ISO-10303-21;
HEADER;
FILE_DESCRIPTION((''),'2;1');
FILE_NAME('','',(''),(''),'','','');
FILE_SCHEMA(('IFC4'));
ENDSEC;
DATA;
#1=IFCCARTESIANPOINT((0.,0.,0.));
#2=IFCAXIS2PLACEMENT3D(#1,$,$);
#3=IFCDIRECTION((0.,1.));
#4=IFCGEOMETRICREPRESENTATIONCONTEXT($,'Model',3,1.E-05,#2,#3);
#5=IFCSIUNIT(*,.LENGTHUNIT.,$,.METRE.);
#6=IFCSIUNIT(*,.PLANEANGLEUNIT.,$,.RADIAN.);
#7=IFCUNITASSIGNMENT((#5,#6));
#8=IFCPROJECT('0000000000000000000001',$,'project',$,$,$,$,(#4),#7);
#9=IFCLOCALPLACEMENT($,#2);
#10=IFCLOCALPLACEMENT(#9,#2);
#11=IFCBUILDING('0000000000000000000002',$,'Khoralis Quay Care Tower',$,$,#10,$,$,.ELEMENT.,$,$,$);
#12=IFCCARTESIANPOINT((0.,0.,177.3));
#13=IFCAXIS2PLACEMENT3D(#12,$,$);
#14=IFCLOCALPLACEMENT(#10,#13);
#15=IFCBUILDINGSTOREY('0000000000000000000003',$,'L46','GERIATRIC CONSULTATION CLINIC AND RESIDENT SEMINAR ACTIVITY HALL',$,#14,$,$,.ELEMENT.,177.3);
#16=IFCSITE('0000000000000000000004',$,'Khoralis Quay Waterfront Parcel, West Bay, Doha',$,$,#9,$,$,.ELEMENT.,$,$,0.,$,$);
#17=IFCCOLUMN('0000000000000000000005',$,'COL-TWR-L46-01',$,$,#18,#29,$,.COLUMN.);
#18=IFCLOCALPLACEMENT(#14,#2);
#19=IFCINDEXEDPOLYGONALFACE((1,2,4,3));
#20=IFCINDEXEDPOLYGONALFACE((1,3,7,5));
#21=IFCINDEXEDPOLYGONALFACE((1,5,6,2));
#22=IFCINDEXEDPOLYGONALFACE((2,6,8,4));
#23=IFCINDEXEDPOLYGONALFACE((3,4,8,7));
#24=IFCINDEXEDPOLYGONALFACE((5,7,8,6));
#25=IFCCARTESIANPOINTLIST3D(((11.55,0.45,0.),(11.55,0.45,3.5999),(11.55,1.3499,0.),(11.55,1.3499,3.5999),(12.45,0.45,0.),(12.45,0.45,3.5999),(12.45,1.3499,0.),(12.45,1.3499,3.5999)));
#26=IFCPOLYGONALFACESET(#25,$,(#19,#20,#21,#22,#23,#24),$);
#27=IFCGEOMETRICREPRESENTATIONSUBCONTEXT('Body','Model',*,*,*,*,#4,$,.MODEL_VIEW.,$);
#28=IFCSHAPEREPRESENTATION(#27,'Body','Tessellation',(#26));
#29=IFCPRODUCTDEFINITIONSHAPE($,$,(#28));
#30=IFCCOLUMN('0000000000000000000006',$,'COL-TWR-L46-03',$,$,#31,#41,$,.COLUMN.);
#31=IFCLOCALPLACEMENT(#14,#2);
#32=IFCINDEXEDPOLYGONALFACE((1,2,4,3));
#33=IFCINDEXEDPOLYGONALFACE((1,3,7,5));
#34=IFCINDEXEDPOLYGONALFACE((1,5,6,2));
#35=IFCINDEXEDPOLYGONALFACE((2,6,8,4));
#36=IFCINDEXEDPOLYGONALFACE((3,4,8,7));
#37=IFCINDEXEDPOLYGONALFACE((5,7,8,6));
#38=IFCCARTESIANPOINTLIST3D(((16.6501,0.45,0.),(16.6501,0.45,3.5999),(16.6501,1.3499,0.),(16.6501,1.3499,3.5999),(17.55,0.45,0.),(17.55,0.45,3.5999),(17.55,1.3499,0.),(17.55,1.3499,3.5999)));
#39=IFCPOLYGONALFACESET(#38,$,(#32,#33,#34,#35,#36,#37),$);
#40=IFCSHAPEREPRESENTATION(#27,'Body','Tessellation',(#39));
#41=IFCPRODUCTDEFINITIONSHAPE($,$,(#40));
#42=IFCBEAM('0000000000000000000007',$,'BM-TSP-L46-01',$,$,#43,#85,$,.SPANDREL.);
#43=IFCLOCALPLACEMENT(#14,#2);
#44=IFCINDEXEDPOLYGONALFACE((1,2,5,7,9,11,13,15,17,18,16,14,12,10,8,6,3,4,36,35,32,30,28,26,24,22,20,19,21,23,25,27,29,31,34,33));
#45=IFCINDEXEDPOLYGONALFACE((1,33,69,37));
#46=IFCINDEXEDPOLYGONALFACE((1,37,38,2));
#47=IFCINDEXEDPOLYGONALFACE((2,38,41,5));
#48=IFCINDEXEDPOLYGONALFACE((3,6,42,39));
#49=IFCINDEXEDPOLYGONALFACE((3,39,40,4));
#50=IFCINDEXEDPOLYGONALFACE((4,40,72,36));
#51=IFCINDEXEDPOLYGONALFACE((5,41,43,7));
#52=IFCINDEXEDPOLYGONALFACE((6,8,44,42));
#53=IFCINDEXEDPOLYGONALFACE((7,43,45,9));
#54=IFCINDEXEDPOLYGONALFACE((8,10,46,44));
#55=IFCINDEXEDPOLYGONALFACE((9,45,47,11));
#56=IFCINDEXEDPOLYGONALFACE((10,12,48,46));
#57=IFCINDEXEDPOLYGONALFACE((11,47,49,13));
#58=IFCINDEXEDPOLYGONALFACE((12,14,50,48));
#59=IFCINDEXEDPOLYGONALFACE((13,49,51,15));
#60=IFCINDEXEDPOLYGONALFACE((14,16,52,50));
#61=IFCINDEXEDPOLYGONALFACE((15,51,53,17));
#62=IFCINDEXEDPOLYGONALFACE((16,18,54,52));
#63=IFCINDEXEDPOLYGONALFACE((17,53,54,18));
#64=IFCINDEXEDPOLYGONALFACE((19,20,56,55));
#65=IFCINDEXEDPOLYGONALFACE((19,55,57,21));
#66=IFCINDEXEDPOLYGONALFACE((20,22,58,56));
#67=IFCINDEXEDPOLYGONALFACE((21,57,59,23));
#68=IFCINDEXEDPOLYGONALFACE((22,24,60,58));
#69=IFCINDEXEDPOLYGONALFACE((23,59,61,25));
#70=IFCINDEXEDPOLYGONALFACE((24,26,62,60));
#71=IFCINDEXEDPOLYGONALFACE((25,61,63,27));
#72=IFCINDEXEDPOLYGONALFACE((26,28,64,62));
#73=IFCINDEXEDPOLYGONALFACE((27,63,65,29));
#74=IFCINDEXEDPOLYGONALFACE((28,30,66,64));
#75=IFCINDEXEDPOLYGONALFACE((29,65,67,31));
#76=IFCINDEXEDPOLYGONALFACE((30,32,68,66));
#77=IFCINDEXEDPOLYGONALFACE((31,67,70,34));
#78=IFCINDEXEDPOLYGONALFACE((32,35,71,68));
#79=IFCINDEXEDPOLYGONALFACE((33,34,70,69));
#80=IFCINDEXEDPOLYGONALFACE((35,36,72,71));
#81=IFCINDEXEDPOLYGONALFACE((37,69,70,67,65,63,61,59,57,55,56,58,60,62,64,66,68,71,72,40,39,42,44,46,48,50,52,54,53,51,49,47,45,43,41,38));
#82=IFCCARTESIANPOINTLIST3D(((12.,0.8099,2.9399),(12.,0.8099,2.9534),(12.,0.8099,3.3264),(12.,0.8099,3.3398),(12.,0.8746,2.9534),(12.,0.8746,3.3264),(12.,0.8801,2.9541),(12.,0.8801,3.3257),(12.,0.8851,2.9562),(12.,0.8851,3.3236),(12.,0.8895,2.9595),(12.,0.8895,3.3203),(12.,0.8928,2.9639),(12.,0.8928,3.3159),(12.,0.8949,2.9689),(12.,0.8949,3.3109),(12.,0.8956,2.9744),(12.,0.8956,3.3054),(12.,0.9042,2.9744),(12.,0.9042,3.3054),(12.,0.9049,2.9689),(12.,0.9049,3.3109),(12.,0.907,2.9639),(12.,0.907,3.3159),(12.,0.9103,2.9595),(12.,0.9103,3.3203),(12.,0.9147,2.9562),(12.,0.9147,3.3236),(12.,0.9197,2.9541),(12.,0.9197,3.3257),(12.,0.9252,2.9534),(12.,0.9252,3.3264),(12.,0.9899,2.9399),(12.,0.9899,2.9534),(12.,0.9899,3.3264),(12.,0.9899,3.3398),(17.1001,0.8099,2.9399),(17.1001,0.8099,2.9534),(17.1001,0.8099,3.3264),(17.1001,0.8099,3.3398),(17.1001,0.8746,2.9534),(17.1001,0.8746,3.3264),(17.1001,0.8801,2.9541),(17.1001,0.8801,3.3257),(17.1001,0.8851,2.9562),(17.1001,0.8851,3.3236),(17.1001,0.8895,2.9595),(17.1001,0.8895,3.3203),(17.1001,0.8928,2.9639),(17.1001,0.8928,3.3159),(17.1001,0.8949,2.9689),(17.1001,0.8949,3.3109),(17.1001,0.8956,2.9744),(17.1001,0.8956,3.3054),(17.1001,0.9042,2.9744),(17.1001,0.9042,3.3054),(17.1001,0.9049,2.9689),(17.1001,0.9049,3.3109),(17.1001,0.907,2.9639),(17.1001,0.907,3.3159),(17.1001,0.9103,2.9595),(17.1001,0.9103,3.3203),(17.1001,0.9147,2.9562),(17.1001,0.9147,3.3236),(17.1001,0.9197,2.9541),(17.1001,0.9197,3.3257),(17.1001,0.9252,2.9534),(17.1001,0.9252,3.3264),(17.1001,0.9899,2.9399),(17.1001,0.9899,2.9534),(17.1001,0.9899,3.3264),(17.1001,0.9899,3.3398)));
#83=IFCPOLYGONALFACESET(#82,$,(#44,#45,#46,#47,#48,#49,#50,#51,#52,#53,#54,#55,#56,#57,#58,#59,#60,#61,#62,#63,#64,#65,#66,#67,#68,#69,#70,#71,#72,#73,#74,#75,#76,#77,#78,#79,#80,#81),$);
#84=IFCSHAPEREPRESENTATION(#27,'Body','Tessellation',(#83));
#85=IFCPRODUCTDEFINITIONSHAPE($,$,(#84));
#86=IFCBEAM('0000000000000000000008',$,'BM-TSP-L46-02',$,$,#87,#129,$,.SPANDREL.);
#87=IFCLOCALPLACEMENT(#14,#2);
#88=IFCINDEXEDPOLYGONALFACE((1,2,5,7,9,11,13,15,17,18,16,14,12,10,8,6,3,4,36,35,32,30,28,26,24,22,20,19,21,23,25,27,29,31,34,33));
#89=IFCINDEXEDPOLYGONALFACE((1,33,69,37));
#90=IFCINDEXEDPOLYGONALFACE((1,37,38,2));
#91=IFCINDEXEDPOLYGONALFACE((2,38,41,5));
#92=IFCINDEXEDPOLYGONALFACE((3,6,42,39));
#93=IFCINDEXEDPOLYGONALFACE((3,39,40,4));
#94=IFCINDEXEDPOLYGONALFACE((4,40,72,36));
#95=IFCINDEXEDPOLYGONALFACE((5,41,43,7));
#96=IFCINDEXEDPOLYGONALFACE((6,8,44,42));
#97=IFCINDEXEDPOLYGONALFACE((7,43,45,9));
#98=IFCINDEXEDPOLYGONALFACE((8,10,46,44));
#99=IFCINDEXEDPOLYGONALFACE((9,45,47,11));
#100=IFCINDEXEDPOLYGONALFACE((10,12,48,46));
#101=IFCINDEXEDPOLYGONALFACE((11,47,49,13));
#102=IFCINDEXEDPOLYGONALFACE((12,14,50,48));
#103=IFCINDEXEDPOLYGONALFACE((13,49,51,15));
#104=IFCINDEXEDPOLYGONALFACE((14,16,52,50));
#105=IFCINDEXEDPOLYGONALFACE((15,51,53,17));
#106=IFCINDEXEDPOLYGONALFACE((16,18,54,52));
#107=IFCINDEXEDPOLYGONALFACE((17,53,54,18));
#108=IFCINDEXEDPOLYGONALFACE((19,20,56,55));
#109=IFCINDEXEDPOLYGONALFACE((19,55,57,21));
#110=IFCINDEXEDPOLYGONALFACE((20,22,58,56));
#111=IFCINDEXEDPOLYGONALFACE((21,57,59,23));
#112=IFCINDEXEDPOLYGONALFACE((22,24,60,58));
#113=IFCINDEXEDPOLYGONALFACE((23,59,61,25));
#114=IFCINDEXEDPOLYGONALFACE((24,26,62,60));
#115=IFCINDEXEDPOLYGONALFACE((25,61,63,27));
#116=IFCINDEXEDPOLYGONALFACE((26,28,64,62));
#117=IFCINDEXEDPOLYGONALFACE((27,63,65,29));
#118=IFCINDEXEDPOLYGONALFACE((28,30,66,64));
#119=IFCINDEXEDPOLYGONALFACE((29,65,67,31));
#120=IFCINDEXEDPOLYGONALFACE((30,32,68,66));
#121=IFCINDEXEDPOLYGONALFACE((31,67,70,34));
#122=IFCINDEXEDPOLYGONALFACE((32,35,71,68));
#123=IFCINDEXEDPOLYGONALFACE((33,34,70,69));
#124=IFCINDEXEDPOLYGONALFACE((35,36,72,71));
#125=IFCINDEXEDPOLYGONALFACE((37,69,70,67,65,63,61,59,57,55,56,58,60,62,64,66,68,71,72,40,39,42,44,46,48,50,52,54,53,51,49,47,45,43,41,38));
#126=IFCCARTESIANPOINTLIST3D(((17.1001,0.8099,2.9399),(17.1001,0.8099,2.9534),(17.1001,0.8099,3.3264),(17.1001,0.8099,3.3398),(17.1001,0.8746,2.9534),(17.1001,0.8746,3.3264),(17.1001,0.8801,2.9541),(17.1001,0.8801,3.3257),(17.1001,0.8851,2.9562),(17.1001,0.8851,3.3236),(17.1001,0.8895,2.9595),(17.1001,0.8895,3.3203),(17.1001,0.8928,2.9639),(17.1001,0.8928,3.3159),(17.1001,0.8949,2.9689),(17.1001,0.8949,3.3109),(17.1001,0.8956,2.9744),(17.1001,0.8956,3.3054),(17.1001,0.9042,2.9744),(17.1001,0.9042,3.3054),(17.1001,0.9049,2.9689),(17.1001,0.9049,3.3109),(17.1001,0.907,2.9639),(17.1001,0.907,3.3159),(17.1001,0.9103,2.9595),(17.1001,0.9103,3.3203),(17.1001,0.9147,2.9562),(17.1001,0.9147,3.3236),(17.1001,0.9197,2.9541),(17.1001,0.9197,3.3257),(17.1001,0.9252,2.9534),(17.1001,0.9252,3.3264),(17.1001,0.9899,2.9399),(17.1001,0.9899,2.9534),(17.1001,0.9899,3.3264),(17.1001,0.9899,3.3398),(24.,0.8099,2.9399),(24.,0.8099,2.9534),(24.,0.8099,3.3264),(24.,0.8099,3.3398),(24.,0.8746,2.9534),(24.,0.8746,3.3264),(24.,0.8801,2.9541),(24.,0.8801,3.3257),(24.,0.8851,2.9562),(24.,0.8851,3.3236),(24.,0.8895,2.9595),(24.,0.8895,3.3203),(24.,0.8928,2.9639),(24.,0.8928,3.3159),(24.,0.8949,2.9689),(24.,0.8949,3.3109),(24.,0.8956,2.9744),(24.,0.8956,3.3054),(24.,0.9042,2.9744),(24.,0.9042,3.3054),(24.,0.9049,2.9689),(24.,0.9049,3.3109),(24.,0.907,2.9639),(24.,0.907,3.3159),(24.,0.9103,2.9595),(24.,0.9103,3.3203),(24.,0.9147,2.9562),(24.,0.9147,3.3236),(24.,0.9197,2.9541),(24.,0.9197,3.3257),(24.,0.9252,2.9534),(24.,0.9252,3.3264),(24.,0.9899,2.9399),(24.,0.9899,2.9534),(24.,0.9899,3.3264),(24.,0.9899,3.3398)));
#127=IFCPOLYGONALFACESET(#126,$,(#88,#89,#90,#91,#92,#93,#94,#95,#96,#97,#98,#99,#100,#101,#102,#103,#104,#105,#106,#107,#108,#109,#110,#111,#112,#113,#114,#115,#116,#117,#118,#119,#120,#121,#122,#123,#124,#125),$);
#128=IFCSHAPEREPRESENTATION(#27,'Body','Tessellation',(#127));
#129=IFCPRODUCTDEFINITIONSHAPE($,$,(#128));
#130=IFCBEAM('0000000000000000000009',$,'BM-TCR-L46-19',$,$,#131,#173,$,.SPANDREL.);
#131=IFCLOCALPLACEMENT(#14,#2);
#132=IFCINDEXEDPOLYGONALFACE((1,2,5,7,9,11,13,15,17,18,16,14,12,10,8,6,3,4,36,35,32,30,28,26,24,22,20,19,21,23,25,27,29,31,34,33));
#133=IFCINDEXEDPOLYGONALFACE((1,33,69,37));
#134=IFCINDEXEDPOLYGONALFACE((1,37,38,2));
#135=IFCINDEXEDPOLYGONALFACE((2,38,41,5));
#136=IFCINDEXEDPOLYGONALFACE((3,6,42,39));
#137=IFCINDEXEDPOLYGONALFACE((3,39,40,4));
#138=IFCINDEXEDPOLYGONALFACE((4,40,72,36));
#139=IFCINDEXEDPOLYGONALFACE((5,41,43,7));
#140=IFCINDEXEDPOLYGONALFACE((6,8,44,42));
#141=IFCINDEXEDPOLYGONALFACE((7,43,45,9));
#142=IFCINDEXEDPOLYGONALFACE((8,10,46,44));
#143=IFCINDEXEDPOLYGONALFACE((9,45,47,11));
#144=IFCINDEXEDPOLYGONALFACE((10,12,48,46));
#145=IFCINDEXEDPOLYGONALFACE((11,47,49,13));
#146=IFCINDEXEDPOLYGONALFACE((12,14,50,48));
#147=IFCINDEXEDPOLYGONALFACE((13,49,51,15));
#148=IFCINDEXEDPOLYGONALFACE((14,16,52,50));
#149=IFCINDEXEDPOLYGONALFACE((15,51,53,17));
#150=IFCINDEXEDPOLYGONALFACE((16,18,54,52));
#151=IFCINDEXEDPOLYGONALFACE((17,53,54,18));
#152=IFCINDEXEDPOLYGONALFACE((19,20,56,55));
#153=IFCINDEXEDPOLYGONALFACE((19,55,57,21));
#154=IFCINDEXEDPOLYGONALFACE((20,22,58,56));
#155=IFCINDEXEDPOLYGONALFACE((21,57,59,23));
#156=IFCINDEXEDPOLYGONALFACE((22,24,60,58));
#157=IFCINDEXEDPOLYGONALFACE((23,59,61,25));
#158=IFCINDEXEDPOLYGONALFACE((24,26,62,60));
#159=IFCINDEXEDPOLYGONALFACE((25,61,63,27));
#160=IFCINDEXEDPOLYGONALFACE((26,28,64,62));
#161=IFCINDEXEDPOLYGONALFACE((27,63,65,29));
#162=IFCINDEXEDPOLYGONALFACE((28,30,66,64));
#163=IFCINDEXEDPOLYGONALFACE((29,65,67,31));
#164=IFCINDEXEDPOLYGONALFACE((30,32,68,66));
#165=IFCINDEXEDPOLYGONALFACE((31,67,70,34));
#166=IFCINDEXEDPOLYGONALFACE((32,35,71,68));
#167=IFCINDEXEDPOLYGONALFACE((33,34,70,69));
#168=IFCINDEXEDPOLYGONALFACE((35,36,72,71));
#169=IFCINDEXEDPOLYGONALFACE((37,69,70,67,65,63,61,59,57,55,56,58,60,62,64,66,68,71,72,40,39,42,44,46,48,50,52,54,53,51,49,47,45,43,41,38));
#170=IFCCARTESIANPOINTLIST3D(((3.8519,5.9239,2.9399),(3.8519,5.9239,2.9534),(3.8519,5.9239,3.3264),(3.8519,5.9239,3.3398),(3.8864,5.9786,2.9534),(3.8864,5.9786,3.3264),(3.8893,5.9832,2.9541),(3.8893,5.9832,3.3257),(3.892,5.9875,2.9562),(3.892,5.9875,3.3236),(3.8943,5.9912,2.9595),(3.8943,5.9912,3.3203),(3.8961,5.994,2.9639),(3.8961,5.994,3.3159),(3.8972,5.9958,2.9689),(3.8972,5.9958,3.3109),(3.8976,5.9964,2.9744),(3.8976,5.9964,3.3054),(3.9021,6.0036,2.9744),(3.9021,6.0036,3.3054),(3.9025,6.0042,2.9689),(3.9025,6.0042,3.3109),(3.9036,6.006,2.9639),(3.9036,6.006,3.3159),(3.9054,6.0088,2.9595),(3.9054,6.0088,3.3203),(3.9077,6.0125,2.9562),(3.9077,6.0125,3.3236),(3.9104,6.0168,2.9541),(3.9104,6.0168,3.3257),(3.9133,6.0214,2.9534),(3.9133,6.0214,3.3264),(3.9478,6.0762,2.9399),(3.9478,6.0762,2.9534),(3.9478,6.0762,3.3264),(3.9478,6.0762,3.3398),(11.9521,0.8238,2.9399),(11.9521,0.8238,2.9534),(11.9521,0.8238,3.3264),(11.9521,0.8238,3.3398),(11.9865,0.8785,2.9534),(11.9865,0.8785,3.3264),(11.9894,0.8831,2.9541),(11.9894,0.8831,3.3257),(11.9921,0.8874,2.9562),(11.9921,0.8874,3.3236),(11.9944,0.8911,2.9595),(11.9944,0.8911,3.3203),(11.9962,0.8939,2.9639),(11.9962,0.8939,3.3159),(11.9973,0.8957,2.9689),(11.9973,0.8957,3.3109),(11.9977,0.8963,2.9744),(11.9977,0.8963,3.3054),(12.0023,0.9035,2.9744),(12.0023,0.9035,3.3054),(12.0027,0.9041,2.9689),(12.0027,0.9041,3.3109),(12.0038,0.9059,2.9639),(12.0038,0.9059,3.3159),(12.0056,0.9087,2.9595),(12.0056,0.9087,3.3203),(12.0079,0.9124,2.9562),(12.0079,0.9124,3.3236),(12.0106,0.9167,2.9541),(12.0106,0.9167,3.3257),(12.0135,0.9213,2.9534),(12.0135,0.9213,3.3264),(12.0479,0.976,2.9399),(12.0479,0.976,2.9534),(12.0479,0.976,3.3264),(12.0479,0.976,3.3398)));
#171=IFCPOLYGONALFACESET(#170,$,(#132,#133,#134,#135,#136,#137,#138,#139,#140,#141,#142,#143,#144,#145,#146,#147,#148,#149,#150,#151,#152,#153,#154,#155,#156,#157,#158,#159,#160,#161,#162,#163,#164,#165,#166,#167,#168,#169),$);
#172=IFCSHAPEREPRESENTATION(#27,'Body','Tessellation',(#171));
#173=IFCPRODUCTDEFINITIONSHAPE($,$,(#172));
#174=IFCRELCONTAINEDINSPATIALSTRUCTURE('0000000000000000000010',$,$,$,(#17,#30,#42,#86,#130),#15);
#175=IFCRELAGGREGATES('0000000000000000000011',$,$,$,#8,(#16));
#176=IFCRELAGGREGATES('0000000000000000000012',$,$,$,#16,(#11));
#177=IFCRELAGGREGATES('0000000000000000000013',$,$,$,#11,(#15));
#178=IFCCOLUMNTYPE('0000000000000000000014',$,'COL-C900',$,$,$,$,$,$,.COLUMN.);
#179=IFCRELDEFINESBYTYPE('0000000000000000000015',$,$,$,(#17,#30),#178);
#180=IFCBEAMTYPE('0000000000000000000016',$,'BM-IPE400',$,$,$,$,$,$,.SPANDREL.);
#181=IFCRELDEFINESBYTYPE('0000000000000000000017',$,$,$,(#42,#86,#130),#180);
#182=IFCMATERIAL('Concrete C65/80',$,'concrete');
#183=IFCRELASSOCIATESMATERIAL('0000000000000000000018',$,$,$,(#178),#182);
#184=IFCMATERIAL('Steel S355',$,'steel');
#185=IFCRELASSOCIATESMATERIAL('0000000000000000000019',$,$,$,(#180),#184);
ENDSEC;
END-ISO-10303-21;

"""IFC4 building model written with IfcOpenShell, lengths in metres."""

from ifc_helpers import new_model, si_unit, direction, frame, origin, origin_2d, place, context, subcontext, project, spatial, rectangle, i_section, extrude, source, transform, mapped, material, material_profile, profile_set, type_object, element, save


model = new_model("IFC4")

# Units and contexts
model_context = context("Model", 3, precision=1e-05, world=origin(), true_north=direction((0.0, 1.0)))
body_context = subcontext(model_context, "Body", "Model", "MODEL_VIEW")
ifc_project = project(units=[si_unit("LENGTHUNIT", "METRE"), si_unit("PLANEANGLEUNIT", "RADIAN")], contexts=[model_context])

# Site, building, storey
site_placement = place(None, origin())
site = spatial("IfcSite", under=ifc_project, at=site_placement, Name="Khoralis Quay Waterfront Parcel, West Bay, Doha", CompositionType="ELEMENT", RefElevation=0.0)
building_placement = place(site_placement, origin())
building = spatial("IfcBuilding", under=site, at=building_placement, Name="Khoralis Quay Care Tower", CompositionType="ELEMENT")
storey_placement = place(building_placement, frame((0.0, 0.0, 177.3)))
storey = spatial("IfcBuildingStorey", under=building, at=storey_placement, Name="L46", Description="GERIATRIC CONSULTATION CLINIC AND RESIDENT SEMINAR ACTIVITY HALL", CompositionType="ELEMENT", Elevation=177.3)

# Columns
ifc_material_1 = material(Name="Concrete C65/80", Category="concrete")
ifc_material_profile_1 = material_profile(ifc_material_1, rectangle(XDim=0.8999, YDim=0.8999, at=origin_2d()), Name="Concrete C65/80")
ifc_profile_set_1 = profile_set([ifc_material_profile_1], Name="Concrete C65/80")
column_type = type_object("IfcColumnType", Name="COL-C900", PredefinedType="COLUMN", material=ifc_profile_set_1)
shared_shape_1 = source(origin(), body_context, "Body", "SweptSolid", [
    extrude(rectangle(XDim=0.8999, YDim=0.8999, at=origin_2d()), origin(), (0.0, 0.0, 1.0), 3.5999),
])
for number, where, z_axis, x_axis, name in (
    (1, (12.0, 0.8999, 0.0), (0.0, 0.0, 1.0), (1.0, 0.0, 0.0), "COL-TWR-L46-01"),
    (2, (17.1001, 0.8999, 0.0), (0.0, 0.0, 1.0), (1.0, 0.0, 0.0), "COL-TWR-L46-03"),
):
    element("IfcColumn", number, at=place(storey_placement, frame(where, z_axis=z_axis, x_axis=x_axis)), inside=storey, type_object=column_type, Name=name, PredefinedType="COLUMN", context=body_context, shape_type="MappedRepresentation", body=[
        mapped(shared_shape_1, transform((0.0, 0.0, 0.0), scale=1.0)),
    ])

# Beams
ifc_material_2 = material(Name="Steel S355", Category="steel")
ifc_material_profile_2 = material_profile(ifc_material_2, i_section(OverallWidth=0.1799, OverallDepth=0.3999, WebThickness=0.0085, FlangeThickness=0.0134, FilletRadius=0.021, at=origin_2d()), Name="Steel S355")
ifc_profile_set_2 = profile_set([ifc_material_profile_2], Name="Steel S355")
beam_type_1 = type_object("IfcBeamType", Name="BM-IPE400", PredefinedType="SPANDREL", material=ifc_profile_set_2)
shared_shape_2 = source(origin(), body_context, "Body", "SweptSolid", [
    extrude(i_section(OverallWidth=0.1799, OverallDepth=0.3999, WebThickness=0.0085, FlangeThickness=0.0134, FilletRadius=0.021, at=origin_2d()), origin(), (0.0, 0.0, 1.0), 5.1001),
])
beam_1_placement = place(storey_placement, frame((12.0, 0.8999, 3.1399), z_axis=(1.0, 0.0, 0.0), x_axis=(0.0, 1.0, 0.0)))
element("IfcBeam", 3, at=beam_1_placement, inside=storey, type_object=beam_type_1, Name="BM-TSP-L46-01", PredefinedType="SPANDREL", context=body_context, shape_type="MappedRepresentation", body=[
    mapped(shared_shape_2, transform((0.0, 0.0, 0.0), scale=1.0)),
])
shared_shape_3 = source(origin(), body_context, "Body", "SweptSolid", [
    extrude(i_section(OverallWidth=0.1799, OverallDepth=0.3999, WebThickness=0.0085, FlangeThickness=0.0134, FilletRadius=0.021, at=origin_2d()), origin(), (0.0, 0.0, 1.0), 6.8999),
])
beam_2_placement = place(storey_placement, frame((17.1001, 0.8999, 3.1399), z_axis=(1.0, 0.0, 0.0), x_axis=(0.0, 1.0, 0.0)))
element("IfcBeam", 4, at=beam_2_placement, inside=storey, type_object=beam_type_1, Name="BM-TSP-L46-02", PredefinedType="SPANDREL", context=body_context, shape_type="MappedRepresentation", body=[
    mapped(shared_shape_3, transform((0.0, 0.0, 0.0), scale=1.0)),
])
shared_shape_4 = source(origin(), body_context, "Body", "SweptSolid", [
    extrude(i_section(OverallWidth=0.1799, OverallDepth=0.3999, WebThickness=0.0085, FlangeThickness=0.0134, FilletRadius=0.021, at=origin_2d()), origin(), (0.0, 0.0, 1.0), 9.572),
])
beam_3_placement = place(storey_placement, frame((12.0, 0.8999, 3.1399), z_axis=(-0.846231, 0.532816, 0.0), x_axis=(-0.532816, -0.846231, 0.0)))
element("IfcBeam", 5, at=beam_3_placement, inside=storey, type_object=beam_type_1, Name="BM-TCR-L46-19", PredefinedType="SPANDREL", context=body_context, shape_type="MappedRepresentation", body=[
    mapped(shared_shape_4, transform((0.0, 0.0, 0.0), scale=1.0)),
])

save(model, "model.ifc")
